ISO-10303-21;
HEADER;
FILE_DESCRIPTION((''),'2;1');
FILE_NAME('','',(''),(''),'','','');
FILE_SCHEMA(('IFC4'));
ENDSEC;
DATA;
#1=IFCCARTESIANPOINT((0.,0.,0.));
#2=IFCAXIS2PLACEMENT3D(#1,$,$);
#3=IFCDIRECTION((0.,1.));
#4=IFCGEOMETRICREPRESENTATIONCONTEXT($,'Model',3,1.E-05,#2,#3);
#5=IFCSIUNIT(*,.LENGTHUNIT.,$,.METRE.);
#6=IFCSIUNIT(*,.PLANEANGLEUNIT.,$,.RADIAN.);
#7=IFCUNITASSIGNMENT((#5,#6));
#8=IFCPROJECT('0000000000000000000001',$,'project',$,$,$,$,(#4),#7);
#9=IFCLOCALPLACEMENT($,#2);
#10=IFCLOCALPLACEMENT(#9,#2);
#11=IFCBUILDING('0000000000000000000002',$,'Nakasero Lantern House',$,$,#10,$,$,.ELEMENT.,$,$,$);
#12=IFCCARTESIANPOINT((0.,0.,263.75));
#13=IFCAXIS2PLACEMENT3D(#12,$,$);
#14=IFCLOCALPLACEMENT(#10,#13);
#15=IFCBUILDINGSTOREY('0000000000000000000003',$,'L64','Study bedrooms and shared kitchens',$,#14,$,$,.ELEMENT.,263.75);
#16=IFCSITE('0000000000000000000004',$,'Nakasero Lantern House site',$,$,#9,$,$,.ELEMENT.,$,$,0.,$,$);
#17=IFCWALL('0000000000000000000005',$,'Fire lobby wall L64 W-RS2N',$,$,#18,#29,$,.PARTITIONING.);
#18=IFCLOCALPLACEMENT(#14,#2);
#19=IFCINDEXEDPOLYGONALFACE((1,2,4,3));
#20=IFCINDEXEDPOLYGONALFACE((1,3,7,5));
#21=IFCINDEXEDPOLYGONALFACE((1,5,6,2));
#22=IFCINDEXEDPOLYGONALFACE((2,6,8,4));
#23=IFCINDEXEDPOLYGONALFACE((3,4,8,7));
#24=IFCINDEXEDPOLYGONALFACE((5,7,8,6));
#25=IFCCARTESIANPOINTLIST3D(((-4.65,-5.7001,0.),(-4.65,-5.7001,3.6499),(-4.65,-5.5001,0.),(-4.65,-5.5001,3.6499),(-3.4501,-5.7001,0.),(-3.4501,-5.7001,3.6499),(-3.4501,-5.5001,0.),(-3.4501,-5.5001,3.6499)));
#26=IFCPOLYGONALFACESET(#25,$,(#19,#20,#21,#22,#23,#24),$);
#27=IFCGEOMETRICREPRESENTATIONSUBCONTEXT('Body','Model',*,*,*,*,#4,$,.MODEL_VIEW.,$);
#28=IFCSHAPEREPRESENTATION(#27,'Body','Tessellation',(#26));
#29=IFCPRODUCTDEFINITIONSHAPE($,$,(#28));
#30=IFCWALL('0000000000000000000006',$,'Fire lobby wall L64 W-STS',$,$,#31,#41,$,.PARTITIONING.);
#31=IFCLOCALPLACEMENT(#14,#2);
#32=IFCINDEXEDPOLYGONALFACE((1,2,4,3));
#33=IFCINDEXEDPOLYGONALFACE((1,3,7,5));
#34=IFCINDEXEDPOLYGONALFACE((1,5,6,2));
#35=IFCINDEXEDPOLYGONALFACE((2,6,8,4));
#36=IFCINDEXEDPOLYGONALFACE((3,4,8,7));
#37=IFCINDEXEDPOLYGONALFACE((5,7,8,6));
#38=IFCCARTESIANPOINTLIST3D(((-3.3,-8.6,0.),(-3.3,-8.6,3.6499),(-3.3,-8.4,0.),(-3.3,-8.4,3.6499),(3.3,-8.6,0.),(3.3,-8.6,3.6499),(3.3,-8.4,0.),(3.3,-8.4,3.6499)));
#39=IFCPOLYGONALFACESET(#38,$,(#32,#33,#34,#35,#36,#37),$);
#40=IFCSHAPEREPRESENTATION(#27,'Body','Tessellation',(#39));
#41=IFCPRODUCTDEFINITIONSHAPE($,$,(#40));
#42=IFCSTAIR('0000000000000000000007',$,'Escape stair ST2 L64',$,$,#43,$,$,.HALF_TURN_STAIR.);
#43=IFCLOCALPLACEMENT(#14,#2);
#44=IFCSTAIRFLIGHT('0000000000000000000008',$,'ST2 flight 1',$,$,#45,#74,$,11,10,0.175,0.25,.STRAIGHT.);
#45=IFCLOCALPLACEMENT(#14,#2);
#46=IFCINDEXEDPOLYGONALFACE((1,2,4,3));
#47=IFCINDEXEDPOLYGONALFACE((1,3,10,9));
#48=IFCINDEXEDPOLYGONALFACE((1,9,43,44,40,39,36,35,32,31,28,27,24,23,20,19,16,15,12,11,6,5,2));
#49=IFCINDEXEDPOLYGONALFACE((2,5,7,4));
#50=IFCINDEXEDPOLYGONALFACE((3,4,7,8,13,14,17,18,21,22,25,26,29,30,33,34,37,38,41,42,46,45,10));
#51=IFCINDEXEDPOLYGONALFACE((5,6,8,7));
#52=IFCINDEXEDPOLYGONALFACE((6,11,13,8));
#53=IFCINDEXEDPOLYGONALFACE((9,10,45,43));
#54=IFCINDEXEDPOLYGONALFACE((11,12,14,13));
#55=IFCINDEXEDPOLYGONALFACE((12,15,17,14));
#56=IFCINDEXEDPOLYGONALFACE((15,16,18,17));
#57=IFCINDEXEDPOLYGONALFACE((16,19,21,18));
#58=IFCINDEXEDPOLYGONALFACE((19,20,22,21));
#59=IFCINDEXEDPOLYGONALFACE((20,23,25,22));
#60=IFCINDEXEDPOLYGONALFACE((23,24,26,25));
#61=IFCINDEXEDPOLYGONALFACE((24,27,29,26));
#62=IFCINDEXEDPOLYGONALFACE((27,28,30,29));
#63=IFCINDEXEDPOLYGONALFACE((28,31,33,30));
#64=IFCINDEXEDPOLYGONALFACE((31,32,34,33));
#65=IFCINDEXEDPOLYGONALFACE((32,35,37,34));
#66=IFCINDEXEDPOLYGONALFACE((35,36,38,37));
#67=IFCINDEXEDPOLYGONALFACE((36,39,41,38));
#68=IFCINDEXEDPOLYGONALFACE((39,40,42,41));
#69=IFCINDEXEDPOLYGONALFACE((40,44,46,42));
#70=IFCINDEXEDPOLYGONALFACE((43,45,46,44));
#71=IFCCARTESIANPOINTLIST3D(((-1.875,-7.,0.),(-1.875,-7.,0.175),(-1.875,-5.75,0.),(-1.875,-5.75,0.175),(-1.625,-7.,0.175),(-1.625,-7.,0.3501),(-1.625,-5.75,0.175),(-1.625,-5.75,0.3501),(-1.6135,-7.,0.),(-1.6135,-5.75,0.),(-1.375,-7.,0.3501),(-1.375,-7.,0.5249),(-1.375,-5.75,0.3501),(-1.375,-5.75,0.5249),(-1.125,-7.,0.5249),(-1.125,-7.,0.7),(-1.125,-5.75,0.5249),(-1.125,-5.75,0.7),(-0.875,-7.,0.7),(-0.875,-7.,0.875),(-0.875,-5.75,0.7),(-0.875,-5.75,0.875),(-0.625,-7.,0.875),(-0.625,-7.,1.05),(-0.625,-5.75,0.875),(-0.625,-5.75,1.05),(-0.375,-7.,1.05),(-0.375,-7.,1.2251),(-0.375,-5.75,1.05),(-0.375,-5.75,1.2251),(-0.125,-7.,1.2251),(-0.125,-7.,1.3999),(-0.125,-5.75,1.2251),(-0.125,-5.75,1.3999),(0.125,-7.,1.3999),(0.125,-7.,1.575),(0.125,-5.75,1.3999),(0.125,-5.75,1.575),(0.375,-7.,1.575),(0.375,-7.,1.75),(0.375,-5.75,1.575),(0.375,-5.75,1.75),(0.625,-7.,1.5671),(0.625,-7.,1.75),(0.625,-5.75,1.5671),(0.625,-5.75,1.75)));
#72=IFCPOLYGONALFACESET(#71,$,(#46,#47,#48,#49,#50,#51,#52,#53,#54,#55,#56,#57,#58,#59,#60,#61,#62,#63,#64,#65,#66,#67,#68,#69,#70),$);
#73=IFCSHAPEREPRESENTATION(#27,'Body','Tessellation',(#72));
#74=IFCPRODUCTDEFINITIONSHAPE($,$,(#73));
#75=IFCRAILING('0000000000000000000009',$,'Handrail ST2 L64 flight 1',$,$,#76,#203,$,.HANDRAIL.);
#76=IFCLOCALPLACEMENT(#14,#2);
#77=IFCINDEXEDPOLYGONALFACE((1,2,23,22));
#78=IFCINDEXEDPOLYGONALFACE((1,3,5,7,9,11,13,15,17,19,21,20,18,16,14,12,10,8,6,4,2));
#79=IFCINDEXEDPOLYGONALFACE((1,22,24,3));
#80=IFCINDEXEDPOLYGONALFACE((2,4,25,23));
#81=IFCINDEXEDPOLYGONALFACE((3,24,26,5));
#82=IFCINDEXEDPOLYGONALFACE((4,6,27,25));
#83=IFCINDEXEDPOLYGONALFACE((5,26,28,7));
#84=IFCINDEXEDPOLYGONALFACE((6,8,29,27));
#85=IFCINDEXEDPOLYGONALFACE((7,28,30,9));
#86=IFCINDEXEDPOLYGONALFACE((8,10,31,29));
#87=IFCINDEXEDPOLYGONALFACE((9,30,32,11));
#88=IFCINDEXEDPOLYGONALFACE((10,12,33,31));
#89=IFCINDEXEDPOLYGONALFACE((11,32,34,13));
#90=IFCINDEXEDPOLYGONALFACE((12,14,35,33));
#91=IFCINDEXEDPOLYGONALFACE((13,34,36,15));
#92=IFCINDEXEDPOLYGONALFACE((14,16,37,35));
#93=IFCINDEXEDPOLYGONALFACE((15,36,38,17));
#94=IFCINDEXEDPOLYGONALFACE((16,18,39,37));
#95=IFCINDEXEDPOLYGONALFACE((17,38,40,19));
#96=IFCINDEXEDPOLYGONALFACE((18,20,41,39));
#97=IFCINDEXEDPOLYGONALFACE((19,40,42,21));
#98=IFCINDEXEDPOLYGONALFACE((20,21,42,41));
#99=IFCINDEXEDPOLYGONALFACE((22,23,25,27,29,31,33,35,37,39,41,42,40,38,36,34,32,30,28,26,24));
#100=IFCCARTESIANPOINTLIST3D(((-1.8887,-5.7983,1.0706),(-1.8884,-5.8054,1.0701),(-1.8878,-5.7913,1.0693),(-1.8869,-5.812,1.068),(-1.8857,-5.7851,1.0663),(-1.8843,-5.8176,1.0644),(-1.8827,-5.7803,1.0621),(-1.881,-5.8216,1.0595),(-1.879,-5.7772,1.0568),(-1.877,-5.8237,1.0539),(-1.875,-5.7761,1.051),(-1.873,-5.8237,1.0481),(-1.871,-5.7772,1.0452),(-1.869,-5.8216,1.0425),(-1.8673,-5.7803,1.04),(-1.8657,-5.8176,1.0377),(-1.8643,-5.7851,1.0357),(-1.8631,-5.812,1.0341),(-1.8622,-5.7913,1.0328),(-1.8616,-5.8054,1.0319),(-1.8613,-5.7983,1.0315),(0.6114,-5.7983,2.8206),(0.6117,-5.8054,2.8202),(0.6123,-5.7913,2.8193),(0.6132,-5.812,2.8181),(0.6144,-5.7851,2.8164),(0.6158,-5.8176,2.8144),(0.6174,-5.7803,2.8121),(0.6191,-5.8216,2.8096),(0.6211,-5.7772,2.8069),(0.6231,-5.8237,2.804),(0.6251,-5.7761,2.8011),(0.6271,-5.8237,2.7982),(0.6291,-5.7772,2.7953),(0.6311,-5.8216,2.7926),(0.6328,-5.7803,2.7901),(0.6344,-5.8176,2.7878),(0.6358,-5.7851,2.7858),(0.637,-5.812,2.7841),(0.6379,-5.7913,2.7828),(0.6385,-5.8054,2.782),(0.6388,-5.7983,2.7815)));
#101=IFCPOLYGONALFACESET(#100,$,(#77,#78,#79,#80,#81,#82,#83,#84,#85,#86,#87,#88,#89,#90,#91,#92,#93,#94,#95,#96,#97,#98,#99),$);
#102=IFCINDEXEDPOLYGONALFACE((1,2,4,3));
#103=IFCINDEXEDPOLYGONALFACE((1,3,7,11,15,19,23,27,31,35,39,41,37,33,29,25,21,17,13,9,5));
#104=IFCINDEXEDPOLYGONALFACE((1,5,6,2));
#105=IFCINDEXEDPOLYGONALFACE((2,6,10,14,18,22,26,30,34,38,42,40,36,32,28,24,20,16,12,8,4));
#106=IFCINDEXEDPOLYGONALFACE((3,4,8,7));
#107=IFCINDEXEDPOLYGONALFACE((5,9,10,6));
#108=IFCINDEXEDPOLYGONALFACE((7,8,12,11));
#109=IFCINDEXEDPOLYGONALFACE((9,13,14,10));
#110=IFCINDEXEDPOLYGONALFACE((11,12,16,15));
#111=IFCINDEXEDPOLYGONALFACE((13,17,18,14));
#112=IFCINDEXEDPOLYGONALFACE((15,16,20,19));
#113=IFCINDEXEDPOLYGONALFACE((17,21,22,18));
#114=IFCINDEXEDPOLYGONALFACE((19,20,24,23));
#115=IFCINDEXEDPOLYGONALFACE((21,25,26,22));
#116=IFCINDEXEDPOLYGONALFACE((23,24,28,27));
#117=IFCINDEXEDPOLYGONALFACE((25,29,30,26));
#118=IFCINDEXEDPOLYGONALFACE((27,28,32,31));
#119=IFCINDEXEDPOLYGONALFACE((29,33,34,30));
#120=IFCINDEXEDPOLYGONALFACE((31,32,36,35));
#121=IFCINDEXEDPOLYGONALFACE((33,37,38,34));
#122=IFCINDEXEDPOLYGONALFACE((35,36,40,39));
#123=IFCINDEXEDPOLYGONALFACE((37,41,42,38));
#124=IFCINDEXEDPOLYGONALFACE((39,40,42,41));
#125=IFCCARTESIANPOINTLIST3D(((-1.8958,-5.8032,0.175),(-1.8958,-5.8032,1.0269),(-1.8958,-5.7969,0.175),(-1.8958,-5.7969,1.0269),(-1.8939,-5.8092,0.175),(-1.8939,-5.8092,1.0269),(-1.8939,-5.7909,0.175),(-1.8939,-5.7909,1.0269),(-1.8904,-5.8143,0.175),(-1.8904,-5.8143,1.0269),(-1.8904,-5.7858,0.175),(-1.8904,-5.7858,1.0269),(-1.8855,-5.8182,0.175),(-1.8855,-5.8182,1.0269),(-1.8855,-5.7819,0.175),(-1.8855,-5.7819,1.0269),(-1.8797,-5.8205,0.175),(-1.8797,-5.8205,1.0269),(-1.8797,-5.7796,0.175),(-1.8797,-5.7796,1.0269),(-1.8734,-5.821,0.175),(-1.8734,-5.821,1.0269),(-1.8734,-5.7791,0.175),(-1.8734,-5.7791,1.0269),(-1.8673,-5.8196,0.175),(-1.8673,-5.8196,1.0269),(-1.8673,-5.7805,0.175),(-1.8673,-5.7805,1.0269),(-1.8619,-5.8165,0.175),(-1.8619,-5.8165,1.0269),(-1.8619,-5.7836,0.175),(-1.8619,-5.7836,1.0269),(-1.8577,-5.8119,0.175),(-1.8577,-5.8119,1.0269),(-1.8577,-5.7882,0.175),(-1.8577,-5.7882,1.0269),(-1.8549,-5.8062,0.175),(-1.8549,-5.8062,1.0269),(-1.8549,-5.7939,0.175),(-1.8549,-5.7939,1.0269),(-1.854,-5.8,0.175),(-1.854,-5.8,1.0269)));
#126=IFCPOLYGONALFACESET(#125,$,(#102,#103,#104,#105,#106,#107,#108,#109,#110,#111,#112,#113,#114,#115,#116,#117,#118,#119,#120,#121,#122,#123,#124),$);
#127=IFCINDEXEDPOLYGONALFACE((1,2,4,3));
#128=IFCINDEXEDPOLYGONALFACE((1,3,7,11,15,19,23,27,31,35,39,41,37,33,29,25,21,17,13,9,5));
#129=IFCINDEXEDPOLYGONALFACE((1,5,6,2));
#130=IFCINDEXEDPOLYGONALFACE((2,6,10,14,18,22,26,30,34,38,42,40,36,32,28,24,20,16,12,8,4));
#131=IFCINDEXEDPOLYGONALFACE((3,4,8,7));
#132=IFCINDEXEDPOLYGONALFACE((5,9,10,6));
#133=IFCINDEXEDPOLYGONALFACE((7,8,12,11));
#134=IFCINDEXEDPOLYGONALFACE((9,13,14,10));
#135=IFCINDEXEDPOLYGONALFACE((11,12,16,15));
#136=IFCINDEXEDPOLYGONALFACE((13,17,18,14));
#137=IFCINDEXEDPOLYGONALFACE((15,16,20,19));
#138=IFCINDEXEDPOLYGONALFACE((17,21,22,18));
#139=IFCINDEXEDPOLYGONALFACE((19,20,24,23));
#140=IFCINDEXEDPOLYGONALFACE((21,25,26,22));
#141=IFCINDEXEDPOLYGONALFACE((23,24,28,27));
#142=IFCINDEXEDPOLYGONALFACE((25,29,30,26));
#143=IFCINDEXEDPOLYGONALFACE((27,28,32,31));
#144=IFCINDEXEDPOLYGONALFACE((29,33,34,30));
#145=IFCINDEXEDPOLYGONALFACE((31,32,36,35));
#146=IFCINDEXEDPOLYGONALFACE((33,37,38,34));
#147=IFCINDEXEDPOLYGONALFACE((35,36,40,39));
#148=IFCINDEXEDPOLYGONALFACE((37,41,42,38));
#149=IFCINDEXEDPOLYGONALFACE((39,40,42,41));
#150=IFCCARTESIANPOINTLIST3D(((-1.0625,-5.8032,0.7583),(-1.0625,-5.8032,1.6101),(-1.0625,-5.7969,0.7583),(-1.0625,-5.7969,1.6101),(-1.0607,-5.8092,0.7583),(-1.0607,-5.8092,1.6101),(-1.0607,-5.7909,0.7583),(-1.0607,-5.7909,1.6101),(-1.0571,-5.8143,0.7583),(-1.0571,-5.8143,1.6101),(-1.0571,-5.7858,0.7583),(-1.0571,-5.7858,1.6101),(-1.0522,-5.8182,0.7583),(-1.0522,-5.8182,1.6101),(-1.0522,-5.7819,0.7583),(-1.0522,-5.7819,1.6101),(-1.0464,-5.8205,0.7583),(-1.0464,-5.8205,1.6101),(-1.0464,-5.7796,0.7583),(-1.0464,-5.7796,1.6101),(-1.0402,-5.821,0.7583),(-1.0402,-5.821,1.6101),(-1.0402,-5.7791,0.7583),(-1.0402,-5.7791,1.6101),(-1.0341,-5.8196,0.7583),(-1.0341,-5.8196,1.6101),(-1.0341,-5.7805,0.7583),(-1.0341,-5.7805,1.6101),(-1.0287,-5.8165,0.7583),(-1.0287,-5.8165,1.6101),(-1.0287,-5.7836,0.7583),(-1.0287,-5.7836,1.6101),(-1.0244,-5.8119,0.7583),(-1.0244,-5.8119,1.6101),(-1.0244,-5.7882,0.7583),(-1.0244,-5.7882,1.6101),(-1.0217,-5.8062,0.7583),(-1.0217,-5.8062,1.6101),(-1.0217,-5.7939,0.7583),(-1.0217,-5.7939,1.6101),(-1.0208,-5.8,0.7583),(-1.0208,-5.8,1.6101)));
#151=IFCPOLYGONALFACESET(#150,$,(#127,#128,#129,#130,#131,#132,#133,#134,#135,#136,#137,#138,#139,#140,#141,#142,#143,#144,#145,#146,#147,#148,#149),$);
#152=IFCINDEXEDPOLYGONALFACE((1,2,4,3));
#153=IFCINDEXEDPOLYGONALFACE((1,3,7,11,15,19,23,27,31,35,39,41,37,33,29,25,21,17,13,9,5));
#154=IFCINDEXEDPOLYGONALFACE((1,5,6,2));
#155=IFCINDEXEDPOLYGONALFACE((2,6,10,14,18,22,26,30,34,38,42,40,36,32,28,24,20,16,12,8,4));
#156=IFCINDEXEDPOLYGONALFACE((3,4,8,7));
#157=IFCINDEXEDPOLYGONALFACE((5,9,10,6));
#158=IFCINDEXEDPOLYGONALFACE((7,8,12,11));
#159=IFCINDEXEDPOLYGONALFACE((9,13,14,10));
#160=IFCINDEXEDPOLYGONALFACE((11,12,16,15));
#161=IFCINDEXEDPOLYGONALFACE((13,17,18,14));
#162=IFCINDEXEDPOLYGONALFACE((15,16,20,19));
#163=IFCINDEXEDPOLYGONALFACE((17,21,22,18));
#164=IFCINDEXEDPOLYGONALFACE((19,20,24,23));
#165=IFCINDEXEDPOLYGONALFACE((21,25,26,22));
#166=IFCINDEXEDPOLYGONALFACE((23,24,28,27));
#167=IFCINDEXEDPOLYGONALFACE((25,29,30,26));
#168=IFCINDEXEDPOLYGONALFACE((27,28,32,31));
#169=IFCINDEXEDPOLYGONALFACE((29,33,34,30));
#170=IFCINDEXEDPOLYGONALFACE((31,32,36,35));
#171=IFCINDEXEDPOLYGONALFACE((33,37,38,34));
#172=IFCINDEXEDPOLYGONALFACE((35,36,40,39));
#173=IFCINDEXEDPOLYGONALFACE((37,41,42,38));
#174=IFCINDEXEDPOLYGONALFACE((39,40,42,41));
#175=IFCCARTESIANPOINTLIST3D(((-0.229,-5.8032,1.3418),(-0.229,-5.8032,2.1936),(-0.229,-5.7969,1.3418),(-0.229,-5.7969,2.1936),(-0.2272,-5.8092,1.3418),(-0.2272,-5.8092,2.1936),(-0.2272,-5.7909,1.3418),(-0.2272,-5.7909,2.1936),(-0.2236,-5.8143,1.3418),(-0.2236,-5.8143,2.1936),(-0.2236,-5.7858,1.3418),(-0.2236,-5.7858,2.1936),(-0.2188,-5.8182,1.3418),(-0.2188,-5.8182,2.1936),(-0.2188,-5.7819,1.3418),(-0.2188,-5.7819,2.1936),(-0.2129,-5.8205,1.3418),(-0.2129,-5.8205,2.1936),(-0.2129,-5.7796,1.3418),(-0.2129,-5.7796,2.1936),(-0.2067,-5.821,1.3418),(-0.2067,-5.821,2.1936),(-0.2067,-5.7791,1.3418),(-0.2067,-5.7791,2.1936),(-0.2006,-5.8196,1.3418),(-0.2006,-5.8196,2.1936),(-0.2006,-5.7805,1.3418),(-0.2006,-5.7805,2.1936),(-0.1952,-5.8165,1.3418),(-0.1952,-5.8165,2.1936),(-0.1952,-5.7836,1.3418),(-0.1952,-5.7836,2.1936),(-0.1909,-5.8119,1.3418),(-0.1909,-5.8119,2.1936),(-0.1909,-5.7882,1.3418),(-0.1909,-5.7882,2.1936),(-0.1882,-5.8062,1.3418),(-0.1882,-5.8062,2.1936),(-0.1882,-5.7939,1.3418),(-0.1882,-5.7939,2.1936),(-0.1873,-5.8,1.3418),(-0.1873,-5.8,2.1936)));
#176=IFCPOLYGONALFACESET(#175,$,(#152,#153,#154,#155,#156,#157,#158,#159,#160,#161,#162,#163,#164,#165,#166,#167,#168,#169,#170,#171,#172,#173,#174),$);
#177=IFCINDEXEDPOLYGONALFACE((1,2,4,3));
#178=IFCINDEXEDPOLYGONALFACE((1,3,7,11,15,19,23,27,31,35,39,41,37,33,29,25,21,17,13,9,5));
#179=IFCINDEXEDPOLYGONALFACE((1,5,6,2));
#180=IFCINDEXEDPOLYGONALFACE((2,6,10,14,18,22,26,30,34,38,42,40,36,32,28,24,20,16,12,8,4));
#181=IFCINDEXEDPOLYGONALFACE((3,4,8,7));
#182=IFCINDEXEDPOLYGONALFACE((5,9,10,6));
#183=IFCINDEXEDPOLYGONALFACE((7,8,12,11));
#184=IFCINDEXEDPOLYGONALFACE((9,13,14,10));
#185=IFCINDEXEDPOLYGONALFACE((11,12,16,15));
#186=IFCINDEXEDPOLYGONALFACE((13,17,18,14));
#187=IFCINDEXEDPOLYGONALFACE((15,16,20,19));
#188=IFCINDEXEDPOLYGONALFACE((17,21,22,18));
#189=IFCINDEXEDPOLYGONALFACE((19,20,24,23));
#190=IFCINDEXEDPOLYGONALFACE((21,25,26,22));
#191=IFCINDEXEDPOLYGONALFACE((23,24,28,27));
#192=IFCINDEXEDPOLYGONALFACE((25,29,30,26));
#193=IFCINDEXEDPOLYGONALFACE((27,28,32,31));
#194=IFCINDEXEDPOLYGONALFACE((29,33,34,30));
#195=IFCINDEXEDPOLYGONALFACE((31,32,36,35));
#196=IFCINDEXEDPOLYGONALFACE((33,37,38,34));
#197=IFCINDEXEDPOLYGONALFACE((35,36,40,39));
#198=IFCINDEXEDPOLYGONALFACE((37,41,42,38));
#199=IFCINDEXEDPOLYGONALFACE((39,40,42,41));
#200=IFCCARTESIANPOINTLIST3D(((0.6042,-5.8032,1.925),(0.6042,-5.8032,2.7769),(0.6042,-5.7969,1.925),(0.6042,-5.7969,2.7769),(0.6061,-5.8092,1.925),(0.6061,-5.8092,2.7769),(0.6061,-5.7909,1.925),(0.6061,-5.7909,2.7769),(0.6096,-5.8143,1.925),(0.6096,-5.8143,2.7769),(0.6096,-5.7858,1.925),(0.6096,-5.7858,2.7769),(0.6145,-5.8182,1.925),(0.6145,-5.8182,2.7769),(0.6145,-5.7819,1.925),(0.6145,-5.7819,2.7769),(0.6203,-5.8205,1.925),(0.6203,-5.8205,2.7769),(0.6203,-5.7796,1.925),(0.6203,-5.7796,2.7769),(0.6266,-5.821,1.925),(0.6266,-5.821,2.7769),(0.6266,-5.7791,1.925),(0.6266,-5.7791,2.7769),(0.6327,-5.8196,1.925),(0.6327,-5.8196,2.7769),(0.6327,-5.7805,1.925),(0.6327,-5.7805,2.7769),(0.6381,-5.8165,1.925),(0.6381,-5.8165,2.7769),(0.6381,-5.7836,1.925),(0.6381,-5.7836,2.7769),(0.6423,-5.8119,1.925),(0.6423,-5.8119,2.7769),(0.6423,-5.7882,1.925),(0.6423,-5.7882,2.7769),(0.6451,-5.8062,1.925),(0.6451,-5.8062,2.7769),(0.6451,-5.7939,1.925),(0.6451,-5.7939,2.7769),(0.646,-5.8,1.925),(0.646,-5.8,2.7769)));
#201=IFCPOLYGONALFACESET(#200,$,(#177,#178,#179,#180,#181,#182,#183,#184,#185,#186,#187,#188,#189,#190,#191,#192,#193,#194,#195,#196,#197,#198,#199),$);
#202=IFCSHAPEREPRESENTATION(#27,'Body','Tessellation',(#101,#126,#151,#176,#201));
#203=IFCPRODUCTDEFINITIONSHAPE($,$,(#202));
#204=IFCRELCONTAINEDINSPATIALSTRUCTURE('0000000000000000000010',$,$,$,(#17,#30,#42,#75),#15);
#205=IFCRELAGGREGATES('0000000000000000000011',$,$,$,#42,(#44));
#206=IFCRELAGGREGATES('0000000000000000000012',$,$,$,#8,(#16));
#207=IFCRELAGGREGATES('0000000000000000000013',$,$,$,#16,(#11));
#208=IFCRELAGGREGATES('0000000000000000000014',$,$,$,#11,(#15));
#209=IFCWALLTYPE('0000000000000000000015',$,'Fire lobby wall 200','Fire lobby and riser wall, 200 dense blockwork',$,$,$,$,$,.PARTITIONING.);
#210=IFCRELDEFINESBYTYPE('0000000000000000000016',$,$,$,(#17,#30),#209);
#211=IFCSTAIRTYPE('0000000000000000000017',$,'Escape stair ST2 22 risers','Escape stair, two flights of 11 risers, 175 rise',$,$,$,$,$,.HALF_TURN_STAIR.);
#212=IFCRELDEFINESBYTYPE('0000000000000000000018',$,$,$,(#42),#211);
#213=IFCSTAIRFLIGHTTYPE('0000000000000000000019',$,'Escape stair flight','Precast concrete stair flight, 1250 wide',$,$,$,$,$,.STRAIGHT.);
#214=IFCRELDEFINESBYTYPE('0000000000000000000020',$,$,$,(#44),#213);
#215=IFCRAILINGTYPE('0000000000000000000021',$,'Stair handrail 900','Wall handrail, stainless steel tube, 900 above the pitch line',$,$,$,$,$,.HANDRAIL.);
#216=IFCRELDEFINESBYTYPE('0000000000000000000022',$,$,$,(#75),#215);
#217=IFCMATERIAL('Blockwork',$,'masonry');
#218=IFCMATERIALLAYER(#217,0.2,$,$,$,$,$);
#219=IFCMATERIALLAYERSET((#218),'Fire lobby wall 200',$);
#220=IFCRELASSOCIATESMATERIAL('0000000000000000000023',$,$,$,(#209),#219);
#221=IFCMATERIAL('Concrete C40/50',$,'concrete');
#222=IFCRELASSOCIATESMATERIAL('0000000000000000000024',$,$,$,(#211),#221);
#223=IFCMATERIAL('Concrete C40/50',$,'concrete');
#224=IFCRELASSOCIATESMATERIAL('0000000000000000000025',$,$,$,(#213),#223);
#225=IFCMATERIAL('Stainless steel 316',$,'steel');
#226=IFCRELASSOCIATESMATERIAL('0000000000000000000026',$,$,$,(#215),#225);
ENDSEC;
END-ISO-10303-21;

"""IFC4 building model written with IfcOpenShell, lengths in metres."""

from ifc_helpers import new_model, si_unit, direction, frame, frame_2d, origin, origin_2d, place, context, subcontext, project, spatial, polyline, rectangle, circle, outline, extrude, material, layer, layer_set, type_object, element, aggregate, save


model = new_model("IFC4")

# Units and contexts
model_context = context("Model", 3, precision=1e-05, world=origin(), true_north=direction((0.0, 1.0)))
body_context = subcontext(model_context, "Body", "Model", "MODEL_VIEW")
ifc_project = project(units=[si_unit("LENGTHUNIT", "METRE"), si_unit("PLANEANGLEUNIT", "RADIAN")], contexts=[model_context])

# Site, building, storey
site_placement = place(None, origin())
site = spatial("IfcSite", under=ifc_project, at=site_placement, Name="Nakasero Lantern House site", CompositionType="ELEMENT", RefElevation=0.0)
building_placement = place(site_placement, origin())
building = spatial("IfcBuilding", under=site, at=building_placement, Name="Nakasero Lantern House", CompositionType="ELEMENT")
storey_placement = place(building_placement, frame((0.0, 0.0, 263.75)))
storey = spatial("IfcBuildingStorey", under=building, at=storey_placement, Name="L64", Description="Study bedrooms and shared kitchens", CompositionType="ELEMENT", Elevation=263.75)

# Shared definitions
ifc_material_1 = material(Name="Blockwork", Category="masonry")
ifc_layer_1 = layer(ifc_material_1, 0.2)
ifc_layer_set_1 = layer_set([ifc_layer_1], Name="Fire lobby wall 200")
wall_type_1 = type_object("IfcWallType", Name="Fire lobby wall 200", Description="Fire lobby and riser wall, 200 dense blockwork", PredefinedType="PARTITIONING", material=ifc_layer_set_1)

# Walls
for number, where, z_axis, x_axis, name in (
    (1, (-3.45, -5.6001, 0.0), (0.0, 0.0, 1.0), (-1.0, 0.0, 0.0), "Fire lobby wall L64 W-RS2N"),
):
    element("IfcWall", number, at=place(storey_placement, frame(where, z_axis=z_axis, x_axis=x_axis)), inside=storey, type_object=wall_type_1, Name=name, PredefinedType="PARTITIONING", context=body_context, shape_type="SweptSolid", body=[
        extrude(rectangle(XDim=1.2, YDim=0.2, at=frame_2d((0.6001, 0.0))), origin(), (0.0, 0.0, 1.0), 3.6499),
    ])
wall_1_placement = place(storey_placement, frame((-3.3, -8.5, 0.0), z_axis=(0.0, 0.0, 1.0), x_axis=(1.0, 0.0, 0.0)))
element("IfcWall", 2, at=wall_1_placement, inside=storey, type_object=wall_type_1, Name="Fire lobby wall L64 W-STS", PredefinedType="PARTITIONING", context=body_context, shape_type="SweptSolid", body=[
    extrude(rectangle(XDim=6.6001, YDim=0.2, at=frame_2d((3.3, 0.0))), origin(), (0.0, 0.0, 1.0), 3.6499),
])

# Stair, stair flight
ifc_material_2 = material(Name="Concrete C40/50", Category="concrete")
stair_type = type_object("IfcStairType", Name="Escape stair ST2 22 risers", Description="Escape stair, two flights of 11 risers, 175 rise", PredefinedType="HALF_TURN_STAIR", material=ifc_material_2)
stair_placement = place(storey_placement, origin())
stair = element("IfcStair", 3, at=stair_placement, inside=storey, type_object=stair_type, Name="Escape stair ST2 L64", PredefinedType="HALF_TURN_STAIR")
ifc_material_3 = material(Name="Concrete C40/50", Category="concrete")
stair_flight_type = type_object("IfcStairFlightType", Name="Escape stair flight", Description="Precast concrete stair flight, 1250 wide", PredefinedType="STRAIGHT", material=ifc_material_3)
stair_flight_placement = place(storey_placement, frame((-1.875, -6.375, 0.0), z_axis=(0.0, 0.0, 1.0), x_axis=(1.0, 0.0, 0.0)))
stair_flight = element("IfcStairFlight", 4, at=stair_flight_placement, type_object=stair_flight_type, Name="ST2 flight 1", NumberOfRisers=11, NumberOfTreads=10, PredefinedType="STRAIGHT", RiserHeight=0.175, TreadLength=0.25, context=body_context, shape_type="SweptSolid", body=[
    extrude(outline(polyline([(0.0, 0.0), (0.0, 0.175), (0.25, 0.175), (0.25, 0.3501), (0.5, 0.3501), (0.5, 0.5249), (0.75, 0.5249), (0.75, 0.7), (1.0, 0.7), (1.0, 0.875), (1.25, 0.875), (1.25, 1.05), (1.5, 1.05), (1.5, 1.2251), (1.75, 1.2251), (1.75, 1.3999), (2.0, 1.3999), (2.0, 1.575), (2.25, 1.575), (2.25, 1.75), (2.5, 1.75), (2.5, 1.925), (2.5, 1.5671), (0.2615, 0.0), (0.0, 0.0)])), frame((0.0, 0.625, 0.0), z_axis=(0.0, -1.0, 0.0), x_axis=(1.0, 0.0, 0.0)), (0.0, 0.0, 1.0), 1.25),
])
aggregate(stair, [stair_flight])

# Railing
ifc_material_4 = material(Name="Stainless steel 316", Category="steel")
railing_type = type_object("IfcRailingType", Name="Stair handrail 900", Description="Wall handrail, stainless steel tube, 900 above the pitch line", PredefinedType="HANDRAIL", material=ifc_material_4)
railing_placement = place(storey_placement, frame((-1.875, -5.8, 0.175)))
element("IfcRailing", 5, at=railing_placement, inside=storey, type_object=railing_type, Name="Handrail ST2 L64 flight 1", PredefinedType="HANDRAIL", context=body_context, shape_type="SweptSolid", body=[
    extrude(circle(Radius=0.0239, at=origin_2d()), frame((0.0, 0.0, 0.876), z_axis=(0.819232, 0.0, 0.573462), x_axis=(0.0, 1.0, 0.0)), (0.0, 0.0, 1.0), 3.0518),
    extrude(circle(Radius=0.021, at=origin_2d()), origin(), (0.0, 0.0, 1.0), 0.8518),
    extrude(circle(Radius=0.021, at=origin_2d()), frame((0.8333, 0.0, 0.5833)), (0.0, 0.0, 1.0), 0.8518),
    extrude(circle(Radius=0.021, at=origin_2d()), frame((1.6667, 0.0, 1.1667)), (0.0, 0.0, 1.0), 0.8518),
    extrude(circle(Radius=0.021, at=origin_2d()), frame((2.5, 0.0, 1.75)), (0.0, 0.0, 1.0), 0.8518),
])

save(model, "model.ifc")
